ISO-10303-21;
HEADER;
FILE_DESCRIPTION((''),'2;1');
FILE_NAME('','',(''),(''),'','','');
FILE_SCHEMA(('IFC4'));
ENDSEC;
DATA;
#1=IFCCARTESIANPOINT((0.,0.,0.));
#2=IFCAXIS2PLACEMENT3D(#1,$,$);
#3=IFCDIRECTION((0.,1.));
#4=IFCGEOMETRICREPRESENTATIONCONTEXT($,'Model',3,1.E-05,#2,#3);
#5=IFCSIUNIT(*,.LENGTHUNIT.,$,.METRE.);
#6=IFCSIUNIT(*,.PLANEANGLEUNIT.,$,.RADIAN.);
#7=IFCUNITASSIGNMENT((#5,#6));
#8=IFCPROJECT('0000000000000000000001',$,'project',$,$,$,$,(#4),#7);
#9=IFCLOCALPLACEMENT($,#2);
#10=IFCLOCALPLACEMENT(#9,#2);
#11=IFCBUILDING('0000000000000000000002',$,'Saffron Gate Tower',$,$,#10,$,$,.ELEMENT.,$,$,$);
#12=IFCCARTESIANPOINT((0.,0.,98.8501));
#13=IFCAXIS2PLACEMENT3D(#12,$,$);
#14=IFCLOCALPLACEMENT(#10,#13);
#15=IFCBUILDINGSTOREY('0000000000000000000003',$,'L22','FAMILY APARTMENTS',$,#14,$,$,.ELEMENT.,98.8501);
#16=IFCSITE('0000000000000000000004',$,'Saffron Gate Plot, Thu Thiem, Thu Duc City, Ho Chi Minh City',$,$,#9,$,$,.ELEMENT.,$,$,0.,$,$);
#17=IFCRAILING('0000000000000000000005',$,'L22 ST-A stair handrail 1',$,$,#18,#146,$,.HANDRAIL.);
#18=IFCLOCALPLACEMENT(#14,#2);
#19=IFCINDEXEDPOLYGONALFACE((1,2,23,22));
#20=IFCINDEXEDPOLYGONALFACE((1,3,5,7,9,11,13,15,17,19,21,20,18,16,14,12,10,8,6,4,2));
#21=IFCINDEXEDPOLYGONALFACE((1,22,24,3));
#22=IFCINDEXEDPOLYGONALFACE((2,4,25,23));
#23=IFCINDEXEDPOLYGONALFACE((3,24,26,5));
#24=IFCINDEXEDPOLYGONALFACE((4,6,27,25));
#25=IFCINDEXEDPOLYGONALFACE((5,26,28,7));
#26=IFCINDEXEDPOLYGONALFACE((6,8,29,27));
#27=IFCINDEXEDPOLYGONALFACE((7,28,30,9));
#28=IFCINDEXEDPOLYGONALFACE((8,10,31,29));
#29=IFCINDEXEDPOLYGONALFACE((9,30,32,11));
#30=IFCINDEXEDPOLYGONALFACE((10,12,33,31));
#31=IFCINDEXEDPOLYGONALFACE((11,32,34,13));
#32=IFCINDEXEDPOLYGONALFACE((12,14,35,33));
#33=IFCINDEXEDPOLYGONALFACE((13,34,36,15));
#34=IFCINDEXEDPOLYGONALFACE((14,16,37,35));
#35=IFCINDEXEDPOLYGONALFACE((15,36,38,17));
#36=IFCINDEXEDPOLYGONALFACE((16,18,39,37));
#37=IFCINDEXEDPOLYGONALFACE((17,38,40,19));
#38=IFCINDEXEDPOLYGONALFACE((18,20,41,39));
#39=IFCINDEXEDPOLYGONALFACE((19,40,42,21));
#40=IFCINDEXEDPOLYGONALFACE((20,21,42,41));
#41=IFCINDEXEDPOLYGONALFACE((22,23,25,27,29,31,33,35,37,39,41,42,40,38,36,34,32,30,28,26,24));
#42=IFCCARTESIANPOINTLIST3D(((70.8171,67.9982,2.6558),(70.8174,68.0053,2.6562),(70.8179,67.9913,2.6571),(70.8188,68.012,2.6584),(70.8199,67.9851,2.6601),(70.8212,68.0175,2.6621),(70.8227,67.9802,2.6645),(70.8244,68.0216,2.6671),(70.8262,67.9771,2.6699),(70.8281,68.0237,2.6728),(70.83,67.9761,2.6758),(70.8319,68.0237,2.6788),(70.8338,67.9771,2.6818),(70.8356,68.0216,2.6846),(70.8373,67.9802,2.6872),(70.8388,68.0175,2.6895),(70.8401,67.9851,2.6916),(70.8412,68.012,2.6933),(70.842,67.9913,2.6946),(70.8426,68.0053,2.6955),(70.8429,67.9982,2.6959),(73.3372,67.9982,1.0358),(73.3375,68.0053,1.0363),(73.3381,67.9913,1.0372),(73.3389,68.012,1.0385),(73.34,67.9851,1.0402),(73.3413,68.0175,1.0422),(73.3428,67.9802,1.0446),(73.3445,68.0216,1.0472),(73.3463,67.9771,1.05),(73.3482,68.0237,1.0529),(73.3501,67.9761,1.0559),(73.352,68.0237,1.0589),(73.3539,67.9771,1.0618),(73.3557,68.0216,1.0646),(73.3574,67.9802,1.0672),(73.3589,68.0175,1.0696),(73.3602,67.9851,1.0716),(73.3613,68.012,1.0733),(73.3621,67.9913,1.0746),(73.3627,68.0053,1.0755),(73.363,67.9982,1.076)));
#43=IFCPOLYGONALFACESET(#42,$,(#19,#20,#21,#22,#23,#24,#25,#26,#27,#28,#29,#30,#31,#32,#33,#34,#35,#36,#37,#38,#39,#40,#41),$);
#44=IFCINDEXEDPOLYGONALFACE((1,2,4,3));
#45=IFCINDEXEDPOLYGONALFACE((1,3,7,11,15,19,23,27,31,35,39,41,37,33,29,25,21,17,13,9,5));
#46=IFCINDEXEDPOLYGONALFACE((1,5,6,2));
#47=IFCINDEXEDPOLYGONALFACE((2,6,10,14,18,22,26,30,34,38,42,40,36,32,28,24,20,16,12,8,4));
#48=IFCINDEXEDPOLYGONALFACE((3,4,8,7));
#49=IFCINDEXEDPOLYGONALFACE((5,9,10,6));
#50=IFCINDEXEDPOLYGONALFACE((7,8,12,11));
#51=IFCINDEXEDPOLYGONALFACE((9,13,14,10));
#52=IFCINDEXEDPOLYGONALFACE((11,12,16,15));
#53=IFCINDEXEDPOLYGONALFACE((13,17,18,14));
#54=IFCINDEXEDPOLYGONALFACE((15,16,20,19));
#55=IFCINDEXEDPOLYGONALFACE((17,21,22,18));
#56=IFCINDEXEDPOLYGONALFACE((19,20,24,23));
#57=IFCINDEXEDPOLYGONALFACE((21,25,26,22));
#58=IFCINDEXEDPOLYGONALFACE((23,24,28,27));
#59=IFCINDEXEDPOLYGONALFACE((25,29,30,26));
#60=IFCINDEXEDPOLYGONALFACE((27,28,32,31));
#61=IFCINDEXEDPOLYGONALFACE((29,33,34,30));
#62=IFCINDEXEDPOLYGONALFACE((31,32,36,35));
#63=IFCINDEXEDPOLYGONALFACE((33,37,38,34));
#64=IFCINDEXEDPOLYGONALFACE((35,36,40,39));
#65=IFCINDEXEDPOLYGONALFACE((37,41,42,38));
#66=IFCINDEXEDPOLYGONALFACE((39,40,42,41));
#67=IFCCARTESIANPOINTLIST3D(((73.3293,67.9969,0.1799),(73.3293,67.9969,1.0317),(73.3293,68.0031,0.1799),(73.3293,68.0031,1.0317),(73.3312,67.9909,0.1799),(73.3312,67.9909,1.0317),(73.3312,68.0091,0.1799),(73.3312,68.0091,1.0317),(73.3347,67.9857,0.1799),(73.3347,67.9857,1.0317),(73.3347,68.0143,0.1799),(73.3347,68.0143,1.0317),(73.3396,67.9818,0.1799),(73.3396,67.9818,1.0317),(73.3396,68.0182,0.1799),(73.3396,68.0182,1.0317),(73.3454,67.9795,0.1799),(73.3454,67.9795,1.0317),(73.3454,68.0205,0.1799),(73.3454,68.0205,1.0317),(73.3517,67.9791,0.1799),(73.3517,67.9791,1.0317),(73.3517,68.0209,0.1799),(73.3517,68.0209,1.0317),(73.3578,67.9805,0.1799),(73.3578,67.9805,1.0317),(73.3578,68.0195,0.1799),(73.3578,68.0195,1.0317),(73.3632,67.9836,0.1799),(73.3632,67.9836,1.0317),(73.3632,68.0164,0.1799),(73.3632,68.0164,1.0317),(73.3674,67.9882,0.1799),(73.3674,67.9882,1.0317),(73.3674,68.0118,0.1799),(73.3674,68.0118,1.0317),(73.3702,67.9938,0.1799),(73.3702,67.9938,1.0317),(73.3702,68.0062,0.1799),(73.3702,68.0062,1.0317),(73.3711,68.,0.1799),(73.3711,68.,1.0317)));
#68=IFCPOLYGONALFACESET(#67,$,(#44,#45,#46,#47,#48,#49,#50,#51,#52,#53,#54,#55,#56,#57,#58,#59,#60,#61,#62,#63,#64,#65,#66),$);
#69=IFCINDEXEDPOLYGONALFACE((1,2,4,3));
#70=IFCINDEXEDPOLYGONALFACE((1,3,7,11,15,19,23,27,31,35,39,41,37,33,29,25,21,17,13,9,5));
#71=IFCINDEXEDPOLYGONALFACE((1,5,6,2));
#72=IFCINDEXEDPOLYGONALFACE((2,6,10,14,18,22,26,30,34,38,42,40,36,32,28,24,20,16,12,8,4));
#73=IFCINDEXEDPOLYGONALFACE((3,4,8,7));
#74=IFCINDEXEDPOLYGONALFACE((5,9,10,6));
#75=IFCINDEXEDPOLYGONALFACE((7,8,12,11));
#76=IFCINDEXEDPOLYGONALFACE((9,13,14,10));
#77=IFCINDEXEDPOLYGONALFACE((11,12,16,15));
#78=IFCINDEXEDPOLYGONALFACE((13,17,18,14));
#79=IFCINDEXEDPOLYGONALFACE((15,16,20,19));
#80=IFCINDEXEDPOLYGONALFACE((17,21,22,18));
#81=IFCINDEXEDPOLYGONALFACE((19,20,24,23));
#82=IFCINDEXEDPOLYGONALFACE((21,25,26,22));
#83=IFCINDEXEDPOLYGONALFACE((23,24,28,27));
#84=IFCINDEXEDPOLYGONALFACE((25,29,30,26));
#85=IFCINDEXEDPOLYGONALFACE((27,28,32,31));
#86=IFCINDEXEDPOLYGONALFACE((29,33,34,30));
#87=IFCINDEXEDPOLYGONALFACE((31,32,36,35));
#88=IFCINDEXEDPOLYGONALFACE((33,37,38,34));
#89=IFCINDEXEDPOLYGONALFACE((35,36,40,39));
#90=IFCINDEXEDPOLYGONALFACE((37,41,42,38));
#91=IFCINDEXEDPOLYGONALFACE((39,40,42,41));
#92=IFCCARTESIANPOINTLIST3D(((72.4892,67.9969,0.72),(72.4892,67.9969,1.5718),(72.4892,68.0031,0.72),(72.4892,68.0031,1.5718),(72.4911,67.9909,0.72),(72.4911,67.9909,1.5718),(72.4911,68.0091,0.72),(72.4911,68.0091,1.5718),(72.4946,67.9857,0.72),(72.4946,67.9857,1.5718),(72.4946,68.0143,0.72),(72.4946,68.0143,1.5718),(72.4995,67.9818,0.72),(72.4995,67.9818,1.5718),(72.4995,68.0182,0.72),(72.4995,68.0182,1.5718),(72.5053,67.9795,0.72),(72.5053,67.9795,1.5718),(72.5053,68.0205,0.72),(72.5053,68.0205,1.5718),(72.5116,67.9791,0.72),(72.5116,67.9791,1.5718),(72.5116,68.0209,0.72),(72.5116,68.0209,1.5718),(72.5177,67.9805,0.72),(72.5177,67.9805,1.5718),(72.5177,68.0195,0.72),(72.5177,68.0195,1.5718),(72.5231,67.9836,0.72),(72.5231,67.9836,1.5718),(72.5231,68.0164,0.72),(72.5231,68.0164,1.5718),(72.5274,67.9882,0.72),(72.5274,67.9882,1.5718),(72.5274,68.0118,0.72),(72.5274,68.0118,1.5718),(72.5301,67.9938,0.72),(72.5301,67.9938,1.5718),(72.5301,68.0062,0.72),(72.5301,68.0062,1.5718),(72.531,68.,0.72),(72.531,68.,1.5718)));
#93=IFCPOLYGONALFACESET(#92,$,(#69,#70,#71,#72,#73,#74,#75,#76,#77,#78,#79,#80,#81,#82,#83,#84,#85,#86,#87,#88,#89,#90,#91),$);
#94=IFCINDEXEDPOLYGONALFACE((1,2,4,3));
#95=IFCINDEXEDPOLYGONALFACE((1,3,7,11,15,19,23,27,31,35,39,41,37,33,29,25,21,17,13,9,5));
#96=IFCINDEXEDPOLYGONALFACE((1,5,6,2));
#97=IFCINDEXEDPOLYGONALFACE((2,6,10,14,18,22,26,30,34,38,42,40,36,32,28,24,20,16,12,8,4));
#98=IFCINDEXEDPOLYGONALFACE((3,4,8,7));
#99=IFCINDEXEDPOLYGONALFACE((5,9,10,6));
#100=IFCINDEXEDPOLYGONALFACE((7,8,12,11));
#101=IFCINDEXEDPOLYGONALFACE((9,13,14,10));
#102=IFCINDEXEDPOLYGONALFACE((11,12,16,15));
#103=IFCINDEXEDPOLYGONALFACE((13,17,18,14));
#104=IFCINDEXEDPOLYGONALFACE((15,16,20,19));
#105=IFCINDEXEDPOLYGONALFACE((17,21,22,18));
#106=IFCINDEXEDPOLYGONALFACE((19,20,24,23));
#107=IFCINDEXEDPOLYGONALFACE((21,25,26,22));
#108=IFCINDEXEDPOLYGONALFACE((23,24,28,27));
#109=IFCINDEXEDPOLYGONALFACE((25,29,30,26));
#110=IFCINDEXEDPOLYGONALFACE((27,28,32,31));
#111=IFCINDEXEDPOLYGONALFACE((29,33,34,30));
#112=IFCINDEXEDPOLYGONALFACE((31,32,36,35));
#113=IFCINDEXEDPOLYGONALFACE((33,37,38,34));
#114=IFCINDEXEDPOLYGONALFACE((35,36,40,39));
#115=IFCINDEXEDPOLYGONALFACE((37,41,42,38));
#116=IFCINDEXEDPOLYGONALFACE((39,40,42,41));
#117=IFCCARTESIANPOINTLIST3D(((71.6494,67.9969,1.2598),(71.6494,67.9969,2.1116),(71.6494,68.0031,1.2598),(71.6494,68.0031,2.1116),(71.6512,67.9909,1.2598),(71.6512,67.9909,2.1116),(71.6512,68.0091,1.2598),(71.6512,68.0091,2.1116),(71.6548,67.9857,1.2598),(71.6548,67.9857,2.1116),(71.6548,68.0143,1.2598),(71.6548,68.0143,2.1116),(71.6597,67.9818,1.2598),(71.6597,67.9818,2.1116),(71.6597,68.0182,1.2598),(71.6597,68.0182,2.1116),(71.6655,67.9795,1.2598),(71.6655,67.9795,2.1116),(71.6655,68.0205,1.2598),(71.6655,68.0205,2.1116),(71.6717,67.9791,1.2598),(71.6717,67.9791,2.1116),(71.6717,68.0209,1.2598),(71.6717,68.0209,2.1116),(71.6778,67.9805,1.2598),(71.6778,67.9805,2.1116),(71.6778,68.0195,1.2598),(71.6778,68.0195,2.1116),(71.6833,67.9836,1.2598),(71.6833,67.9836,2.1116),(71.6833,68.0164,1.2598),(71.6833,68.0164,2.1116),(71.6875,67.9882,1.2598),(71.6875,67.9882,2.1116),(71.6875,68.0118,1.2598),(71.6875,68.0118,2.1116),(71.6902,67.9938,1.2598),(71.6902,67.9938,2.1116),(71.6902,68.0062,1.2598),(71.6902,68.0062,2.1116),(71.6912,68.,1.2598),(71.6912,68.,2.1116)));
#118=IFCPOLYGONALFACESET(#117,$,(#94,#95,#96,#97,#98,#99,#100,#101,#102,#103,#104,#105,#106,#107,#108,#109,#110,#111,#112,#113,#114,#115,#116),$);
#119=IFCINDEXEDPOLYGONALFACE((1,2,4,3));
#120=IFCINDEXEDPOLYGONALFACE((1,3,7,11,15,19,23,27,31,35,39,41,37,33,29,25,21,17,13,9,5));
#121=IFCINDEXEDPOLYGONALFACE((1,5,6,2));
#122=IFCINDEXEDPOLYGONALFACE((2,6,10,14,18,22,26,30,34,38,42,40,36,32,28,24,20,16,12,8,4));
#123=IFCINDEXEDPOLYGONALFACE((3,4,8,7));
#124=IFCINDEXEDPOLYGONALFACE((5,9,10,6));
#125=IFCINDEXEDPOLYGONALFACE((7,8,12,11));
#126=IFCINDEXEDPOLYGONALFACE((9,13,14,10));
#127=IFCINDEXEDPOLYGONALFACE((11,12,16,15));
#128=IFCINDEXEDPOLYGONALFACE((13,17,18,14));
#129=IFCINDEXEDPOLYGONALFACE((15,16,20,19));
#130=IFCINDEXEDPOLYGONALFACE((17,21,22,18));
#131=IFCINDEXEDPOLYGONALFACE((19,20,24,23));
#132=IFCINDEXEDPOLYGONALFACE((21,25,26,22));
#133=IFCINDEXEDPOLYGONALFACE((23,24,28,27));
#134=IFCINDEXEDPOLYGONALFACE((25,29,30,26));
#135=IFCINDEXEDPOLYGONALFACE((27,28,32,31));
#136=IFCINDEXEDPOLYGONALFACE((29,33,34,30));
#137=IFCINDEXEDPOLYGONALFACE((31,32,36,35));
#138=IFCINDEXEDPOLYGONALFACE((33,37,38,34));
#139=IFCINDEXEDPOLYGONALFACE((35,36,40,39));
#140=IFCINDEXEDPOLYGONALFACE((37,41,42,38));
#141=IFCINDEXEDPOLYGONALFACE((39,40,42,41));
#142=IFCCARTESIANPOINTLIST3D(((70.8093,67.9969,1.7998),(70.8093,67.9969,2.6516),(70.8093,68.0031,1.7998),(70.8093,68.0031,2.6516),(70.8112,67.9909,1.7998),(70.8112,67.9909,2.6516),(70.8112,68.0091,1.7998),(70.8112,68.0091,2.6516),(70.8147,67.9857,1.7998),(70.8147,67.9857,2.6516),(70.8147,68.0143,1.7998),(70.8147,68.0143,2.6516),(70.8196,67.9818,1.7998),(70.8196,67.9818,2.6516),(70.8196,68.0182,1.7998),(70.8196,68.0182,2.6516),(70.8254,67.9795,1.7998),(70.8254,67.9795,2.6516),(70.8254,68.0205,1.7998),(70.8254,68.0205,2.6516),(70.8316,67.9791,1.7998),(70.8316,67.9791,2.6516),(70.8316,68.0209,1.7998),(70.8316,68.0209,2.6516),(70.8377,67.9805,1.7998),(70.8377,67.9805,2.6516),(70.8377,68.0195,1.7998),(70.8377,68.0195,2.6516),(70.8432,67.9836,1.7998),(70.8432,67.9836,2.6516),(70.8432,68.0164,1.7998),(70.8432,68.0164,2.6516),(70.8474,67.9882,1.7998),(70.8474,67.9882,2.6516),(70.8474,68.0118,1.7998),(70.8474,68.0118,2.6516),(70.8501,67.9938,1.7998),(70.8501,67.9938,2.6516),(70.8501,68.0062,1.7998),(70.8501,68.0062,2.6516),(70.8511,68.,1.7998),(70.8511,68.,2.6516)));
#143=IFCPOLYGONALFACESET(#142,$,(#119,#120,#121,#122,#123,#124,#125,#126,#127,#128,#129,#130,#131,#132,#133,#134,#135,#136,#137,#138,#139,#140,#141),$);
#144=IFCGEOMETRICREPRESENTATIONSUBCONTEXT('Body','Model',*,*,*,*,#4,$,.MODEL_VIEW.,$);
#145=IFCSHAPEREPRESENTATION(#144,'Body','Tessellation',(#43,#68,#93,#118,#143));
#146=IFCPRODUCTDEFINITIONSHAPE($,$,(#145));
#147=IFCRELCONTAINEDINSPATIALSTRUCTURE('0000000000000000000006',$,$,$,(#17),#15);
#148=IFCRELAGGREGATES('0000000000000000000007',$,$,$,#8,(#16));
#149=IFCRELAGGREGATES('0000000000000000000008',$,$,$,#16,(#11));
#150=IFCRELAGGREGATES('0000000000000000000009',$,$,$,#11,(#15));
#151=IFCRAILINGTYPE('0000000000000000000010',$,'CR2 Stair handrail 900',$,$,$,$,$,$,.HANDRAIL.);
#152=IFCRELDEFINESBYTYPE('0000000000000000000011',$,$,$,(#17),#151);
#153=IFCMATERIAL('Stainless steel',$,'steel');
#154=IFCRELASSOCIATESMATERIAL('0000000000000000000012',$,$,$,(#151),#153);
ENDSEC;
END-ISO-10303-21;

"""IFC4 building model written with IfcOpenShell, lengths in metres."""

from ifc_helpers import new_model, si_unit, direction, frame, origin, origin_2d, place, context, subcontext, project, spatial, circle, extrude, material, type_object, element, save


model = new_model("IFC4")

# Units and contexts
model_context = context("Model", 3, precision=1e-05, world=origin(), true_north=direction((0.0, 1.0)))
body_context = subcontext(model_context, "Body", "Model", "MODEL_VIEW")
ifc_project = project(units=[si_unit("LENGTHUNIT", "METRE"), si_unit("PLANEANGLEUNIT", "RADIAN")], contexts=[model_context])

# Site, building, storey
site_placement = place(None, origin())
site = spatial("IfcSite", under=ifc_project, at=site_placement, Name="Saffron Gate Plot, Thu Thiem, Thu Duc City, Ho Chi Minh City", CompositionType="ELEMENT", RefElevation=0.0)
building_placement = place(site_placement, origin())
building = spatial("IfcBuilding", under=site, at=building_placement, Name="Saffron Gate Tower", CompositionType="ELEMENT")
storey_placement = place(building_placement, frame((0.0, 0.0, 98.8501)))
storey = spatial("IfcBuildingStorey", under=building, at=storey_placement, Name="L22", Description="FAMILY APARTMENTS", CompositionType="ELEMENT", Elevation=98.8501)

# Railing
ifc_material_1 = material(Name="Stainless steel", Category="steel")
railing_type_1 = type_object("IfcRailingType", Name="CR2 Stair handrail 900", PredefinedType="HANDRAIL", material=ifc_material_1)
railing_1_placement = place(storey_placement, frame((73.3501, 68.0, 0.1799)))
element("IfcRailing", 1, at=railing_1_placement, inside=storey, type_object=railing_type_1, Name="L22 ST-A stair handrail 1", PredefinedType="HANDRAIL", context=body_context, shape_type="SweptSolid", body=[
    extrude(circle(Radius=0.0239, at=origin_2d()), frame((0.0, 0.0, 0.876), z_axis=(-0.8412, 0.0, 0.540725), x_axis=(0.0, -1.0, 0.0)), (0.0, 0.0, 1.0), 2.9958),
    extrude(circle(Radius=0.021, at=origin_2d()), origin(), (0.0, 0.0, 1.0), 0.8518),
    extrude(circle(Radius=0.021, at=origin_2d()), frame((-0.8401, 0.0, 0.54)), (0.0, 0.0, 1.0), 0.8518),
    extrude(circle(Radius=0.021, at=origin_2d()), frame((-1.6799, 0.0, 1.0798)), (0.0, 0.0, 1.0), 0.8518),
    extrude(circle(Radius=0.021, at=origin_2d()), frame((-2.52, 0.0, 1.6199)), (0.0, 0.0, 1.0), 0.8518),
])

save(model, "model.ifc")
